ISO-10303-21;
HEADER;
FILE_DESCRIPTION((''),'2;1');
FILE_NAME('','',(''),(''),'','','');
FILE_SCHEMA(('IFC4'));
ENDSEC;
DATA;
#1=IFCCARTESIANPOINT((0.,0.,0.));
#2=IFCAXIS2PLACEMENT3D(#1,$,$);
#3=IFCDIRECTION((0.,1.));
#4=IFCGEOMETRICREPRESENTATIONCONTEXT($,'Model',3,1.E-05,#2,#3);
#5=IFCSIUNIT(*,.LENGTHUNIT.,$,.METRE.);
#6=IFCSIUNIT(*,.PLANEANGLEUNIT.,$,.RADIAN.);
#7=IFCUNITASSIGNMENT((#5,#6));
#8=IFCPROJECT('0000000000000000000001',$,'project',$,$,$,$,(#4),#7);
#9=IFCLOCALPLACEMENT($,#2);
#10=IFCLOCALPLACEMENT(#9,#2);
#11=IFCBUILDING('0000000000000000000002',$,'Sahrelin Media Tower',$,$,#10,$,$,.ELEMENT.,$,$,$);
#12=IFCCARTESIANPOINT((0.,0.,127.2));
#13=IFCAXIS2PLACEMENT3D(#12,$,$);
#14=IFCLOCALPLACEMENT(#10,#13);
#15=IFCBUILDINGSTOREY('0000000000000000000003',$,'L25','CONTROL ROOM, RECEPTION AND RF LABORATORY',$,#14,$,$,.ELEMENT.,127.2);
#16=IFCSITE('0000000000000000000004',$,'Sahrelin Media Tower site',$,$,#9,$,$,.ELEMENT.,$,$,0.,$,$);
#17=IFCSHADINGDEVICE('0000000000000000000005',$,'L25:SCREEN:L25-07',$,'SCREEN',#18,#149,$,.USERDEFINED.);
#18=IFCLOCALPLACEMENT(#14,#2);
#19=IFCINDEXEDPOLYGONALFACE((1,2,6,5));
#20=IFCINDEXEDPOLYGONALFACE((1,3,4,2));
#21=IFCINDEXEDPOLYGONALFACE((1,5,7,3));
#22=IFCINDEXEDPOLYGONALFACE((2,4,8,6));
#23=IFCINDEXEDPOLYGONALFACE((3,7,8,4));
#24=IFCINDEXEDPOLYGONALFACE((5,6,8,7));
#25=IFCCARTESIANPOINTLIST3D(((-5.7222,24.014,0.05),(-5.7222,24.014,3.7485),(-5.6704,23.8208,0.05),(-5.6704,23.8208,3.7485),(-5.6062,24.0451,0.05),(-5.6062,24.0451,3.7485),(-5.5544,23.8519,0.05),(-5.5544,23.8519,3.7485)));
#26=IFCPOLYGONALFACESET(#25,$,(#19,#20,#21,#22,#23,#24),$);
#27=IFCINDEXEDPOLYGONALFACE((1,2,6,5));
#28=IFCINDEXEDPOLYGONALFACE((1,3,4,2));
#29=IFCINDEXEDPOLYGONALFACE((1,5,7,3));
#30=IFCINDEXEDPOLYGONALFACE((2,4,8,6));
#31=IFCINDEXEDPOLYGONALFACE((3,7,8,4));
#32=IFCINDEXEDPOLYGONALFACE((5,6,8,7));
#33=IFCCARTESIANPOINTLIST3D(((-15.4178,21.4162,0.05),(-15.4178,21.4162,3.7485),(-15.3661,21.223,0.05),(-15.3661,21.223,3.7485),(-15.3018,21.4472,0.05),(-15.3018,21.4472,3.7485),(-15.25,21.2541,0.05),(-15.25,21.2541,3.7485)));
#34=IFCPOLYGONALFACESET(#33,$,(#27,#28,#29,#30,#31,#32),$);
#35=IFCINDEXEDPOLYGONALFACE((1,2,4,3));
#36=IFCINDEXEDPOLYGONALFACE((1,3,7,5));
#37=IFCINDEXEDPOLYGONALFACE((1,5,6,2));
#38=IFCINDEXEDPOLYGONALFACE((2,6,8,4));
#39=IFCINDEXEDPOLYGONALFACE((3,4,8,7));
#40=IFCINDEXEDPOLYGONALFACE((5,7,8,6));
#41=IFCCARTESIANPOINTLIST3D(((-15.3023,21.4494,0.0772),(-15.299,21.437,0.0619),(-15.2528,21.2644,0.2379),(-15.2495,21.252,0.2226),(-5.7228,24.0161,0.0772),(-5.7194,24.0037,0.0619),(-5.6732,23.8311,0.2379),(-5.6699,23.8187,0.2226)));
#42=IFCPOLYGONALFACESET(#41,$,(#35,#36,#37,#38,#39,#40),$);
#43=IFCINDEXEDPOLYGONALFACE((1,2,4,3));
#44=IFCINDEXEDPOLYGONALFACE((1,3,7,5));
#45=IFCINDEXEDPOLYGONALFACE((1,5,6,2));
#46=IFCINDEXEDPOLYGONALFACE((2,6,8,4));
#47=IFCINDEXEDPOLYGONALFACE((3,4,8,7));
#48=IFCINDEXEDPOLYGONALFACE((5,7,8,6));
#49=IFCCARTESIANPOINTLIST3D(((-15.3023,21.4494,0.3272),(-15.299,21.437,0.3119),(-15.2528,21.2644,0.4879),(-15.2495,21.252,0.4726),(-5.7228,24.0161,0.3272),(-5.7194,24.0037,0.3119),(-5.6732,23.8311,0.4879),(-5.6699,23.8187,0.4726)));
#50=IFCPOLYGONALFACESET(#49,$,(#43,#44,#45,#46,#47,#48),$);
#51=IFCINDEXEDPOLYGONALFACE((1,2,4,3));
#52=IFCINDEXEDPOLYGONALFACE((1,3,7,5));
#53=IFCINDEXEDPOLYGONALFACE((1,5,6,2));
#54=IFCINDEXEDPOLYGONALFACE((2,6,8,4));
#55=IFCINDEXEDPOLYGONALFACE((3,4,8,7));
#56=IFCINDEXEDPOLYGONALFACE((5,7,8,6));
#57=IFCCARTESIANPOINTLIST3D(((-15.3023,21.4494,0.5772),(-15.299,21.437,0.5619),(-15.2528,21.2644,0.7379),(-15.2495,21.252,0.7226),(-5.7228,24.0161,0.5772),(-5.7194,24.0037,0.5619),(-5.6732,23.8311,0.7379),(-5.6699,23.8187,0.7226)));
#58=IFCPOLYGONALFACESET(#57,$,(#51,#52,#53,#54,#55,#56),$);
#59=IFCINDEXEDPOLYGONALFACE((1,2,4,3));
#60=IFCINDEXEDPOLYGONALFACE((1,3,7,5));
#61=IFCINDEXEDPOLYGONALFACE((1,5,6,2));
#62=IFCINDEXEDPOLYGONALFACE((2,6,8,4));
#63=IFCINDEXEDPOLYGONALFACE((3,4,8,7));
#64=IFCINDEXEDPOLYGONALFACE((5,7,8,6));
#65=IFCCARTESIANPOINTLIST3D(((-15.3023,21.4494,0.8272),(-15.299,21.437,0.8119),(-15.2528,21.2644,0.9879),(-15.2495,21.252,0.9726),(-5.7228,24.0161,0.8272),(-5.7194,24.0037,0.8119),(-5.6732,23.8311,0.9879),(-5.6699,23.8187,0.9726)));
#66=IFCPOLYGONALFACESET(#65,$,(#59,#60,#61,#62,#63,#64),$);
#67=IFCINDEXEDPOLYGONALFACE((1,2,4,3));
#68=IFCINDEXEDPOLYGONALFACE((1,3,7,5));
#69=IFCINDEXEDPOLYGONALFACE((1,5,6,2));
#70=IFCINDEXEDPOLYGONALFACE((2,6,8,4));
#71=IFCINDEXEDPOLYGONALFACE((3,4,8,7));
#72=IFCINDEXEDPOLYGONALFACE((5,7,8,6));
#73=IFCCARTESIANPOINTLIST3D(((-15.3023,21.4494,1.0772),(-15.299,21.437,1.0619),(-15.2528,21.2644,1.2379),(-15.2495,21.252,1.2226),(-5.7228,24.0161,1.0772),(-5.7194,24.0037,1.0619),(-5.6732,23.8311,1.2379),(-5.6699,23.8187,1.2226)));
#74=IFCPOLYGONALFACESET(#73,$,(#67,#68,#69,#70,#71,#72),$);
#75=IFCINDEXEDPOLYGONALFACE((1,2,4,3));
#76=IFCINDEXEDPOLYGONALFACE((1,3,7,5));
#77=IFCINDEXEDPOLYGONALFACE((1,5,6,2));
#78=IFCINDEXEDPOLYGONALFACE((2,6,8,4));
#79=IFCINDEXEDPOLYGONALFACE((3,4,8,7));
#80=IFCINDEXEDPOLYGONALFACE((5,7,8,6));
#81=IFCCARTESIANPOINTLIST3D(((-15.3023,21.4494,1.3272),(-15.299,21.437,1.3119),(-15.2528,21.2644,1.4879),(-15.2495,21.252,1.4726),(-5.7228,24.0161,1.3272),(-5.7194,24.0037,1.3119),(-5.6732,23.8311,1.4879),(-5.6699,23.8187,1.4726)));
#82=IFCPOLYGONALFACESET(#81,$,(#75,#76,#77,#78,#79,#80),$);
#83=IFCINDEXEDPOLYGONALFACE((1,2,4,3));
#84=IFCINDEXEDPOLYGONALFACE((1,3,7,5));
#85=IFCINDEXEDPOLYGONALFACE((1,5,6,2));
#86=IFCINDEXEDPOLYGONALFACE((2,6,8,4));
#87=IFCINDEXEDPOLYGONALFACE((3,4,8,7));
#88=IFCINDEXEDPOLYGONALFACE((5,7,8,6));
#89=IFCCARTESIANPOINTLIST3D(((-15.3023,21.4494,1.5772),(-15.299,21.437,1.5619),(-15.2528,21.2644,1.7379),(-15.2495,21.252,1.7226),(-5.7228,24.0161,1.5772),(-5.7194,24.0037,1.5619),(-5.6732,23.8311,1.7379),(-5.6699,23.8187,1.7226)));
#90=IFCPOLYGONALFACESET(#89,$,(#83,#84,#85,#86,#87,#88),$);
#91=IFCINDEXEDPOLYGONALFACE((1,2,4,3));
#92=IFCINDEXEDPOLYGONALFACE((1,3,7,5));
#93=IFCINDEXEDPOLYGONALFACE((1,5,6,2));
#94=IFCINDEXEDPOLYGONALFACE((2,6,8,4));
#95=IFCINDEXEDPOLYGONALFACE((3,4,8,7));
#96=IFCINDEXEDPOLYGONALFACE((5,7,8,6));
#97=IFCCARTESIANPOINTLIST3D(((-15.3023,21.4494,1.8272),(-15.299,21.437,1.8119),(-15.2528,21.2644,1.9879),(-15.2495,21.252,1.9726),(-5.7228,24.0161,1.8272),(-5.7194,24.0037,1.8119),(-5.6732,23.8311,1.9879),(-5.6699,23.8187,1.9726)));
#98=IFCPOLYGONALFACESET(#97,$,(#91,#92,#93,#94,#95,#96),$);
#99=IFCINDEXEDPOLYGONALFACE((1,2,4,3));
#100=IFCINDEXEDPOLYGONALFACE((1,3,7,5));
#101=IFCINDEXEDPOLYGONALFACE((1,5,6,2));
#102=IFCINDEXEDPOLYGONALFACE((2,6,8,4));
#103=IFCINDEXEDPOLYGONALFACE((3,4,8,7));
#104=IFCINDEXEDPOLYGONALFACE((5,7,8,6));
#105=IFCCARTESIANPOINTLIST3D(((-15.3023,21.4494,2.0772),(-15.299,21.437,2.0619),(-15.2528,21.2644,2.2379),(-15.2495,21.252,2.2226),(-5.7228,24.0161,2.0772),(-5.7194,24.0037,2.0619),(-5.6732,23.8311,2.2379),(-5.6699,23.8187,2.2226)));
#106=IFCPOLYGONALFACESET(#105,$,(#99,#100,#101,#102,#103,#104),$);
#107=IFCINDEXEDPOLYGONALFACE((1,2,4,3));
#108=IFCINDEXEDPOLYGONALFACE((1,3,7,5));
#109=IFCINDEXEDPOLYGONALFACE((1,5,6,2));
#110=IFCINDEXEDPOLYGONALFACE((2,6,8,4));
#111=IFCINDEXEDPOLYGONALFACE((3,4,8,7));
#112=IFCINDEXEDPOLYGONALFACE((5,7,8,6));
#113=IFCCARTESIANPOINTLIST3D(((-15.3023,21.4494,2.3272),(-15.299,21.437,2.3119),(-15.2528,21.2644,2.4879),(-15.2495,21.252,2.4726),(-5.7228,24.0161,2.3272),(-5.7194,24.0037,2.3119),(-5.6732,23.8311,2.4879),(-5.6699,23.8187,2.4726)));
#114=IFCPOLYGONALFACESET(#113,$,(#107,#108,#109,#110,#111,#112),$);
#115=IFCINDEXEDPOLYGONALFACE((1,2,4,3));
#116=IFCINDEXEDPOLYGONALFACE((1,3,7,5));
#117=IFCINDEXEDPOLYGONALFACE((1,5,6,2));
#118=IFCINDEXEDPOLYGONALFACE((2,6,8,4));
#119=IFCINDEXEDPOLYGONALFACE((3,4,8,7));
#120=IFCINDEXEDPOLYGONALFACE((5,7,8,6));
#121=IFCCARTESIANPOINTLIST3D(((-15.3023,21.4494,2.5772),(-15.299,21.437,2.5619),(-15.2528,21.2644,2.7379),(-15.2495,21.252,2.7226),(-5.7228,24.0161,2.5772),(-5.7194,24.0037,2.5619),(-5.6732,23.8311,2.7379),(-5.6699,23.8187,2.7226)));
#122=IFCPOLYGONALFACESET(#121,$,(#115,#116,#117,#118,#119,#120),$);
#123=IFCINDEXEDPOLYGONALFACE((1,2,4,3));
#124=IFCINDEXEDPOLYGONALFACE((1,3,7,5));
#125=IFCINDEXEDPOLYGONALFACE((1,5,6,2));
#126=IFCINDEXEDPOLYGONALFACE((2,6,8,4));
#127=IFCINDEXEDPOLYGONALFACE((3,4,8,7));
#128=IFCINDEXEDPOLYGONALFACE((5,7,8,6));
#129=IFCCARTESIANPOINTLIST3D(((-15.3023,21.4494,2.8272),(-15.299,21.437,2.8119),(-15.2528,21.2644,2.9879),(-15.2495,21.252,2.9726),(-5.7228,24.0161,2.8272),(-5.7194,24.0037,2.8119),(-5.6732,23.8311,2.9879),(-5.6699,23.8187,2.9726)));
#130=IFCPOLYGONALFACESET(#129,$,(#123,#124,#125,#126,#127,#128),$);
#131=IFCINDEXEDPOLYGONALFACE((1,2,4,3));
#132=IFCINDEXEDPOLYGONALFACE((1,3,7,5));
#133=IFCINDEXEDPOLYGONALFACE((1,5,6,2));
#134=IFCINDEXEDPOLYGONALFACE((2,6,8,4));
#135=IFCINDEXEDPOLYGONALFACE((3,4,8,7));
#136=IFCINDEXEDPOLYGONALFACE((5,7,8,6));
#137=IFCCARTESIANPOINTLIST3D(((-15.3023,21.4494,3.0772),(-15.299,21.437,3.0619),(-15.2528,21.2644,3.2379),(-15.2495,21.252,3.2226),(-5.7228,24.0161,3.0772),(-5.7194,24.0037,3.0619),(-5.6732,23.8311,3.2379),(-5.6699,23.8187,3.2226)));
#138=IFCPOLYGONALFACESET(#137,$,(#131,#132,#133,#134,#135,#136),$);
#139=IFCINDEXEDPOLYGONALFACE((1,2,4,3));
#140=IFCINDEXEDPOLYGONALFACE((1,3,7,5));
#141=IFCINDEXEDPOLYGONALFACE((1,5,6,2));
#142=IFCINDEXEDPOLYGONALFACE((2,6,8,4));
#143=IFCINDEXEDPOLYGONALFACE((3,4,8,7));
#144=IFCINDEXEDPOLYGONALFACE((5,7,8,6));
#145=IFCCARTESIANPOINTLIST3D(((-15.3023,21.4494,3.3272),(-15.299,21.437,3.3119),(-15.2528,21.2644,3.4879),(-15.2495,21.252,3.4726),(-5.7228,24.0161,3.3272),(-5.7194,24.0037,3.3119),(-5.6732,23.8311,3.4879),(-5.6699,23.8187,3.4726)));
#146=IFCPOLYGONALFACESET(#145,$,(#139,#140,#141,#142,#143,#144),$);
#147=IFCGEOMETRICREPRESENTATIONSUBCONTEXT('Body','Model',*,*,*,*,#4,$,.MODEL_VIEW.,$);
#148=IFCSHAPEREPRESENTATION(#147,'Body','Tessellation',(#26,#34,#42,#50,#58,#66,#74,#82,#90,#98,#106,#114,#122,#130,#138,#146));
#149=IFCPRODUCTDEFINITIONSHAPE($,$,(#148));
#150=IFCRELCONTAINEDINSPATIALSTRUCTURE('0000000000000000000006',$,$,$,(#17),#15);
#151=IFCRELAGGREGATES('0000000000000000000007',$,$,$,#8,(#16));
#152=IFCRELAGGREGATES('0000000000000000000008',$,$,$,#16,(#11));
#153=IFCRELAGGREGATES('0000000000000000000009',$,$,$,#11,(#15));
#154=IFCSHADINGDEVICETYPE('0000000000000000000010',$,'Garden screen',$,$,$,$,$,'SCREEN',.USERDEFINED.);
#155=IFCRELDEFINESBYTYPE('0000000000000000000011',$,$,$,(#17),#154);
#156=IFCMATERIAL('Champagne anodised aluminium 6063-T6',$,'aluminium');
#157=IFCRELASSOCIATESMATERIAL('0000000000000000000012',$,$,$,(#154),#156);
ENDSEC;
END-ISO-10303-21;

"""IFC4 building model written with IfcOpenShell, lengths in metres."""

from ifc_helpers import new_model, si_unit, direction, frame, origin, origin_2d, place, context, subcontext, project, spatial, rectangle, extrude, material, type_object, element, save


model = new_model("IFC4")

# Units and contexts
model_context = context("Model", 3, precision=1e-05, world=origin(), true_north=direction((0.0, 1.0)))
body_context = subcontext(model_context, "Body", "Model", "MODEL_VIEW")
ifc_project = project(units=[si_unit("LENGTHUNIT", "METRE"), si_unit("PLANEANGLEUNIT", "RADIAN")], contexts=[model_context])

# Site, building, storey
site_placement = place(None, origin())
site = spatial("IfcSite", under=ifc_project, at=site_placement, Name="Sahrelin Media Tower site", CompositionType="ELEMENT", RefElevation=0.0)
building_placement = place(site_placement, origin())
building = spatial("IfcBuilding", under=site, at=building_placement, Name="Sahrelin Media Tower", CompositionType="ELEMENT")
storey_placement = place(building_placement, frame((0.0, 0.0, 127.2)))
storey = spatial("IfcBuildingStorey", under=building, at=storey_placement, Name="L25", Description="CONTROL ROOM, RECEPTION AND RF LABORATORY", CompositionType="ELEMENT", Elevation=127.2)

# Shared definitions
ifc_material_1 = material(Name="Champagne anodised aluminium 6063-T6", Category="aluminium")

# Shading device
shading_device_type_1 = type_object("IfcShadingDeviceType", Name="Garden screen", ElementType="SCREEN", PredefinedType="USERDEFINED", material=ifc_material_1)
shading_device_1_placement = place(storey_placement, frame((-10.4602, 22.5374, 0.0), z_axis=(0.0, 0.0, 1.0), x_axis=(0.965929, 0.258808, 0.0)))
element("IfcShadingDevice", 1, at=shading_device_1_placement, inside=storey, type_object=shading_device_type_1, Name="L25:SCREEN:L25-07", ObjectType="SCREEN", PredefinedType="USERDEFINED", context=body_context, shape_type="SweptSolid", body=[
    extrude(rectangle(XDim=0.1201, YDim=0.2, at=origin_2d()), frame((5.0188, 0.1001, 0.05), z_axis=(0.0, 0.0, 1.0), x_axis=(1.0, 0.0, 0.0)), (0.0, 0.0, 1.0), 3.6985),
    extrude(rectangle(XDim=0.1201, YDim=0.2, at=origin_2d()), frame((-5.0188, 0.1001, 0.05), z_axis=(0.0, 0.0, 1.0), x_axis=(1.0, 0.0, 0.0)), (0.0, 0.0, 1.0), 3.6985),
    extrude(rectangle(XDim=0.25, YDim=0.02, at=origin_2d()), frame((4.9587, 0.1001, 0.1499), z_axis=(-1.0, 0.0, 0.0), x_axis=(0.0, -0.766044, 0.642788)), (0.0, 0.0, 1.0), 9.9175),
    extrude(rectangle(XDim=0.25, YDim=0.02, at=origin_2d()), frame((4.9587, 0.1001, 0.3999), z_axis=(-1.0, 0.0, 0.0), x_axis=(0.0, -0.766044, 0.642788)), (0.0, 0.0, 1.0), 9.9175),
    extrude(rectangle(XDim=0.25, YDim=0.02, at=origin_2d()), frame((4.9587, 0.1001, 0.6499), z_axis=(-1.0, 0.0, 0.0), x_axis=(0.0, -0.766044, 0.642788)), (0.0, 0.0, 1.0), 9.9175),
    extrude(rectangle(XDim=0.25, YDim=0.02, at=origin_2d()), frame((4.9587, 0.1001, 0.8999), z_axis=(-1.0, 0.0, 0.0), x_axis=(0.0, -0.766044, 0.642788)), (0.0, 0.0, 1.0), 9.9175),
    extrude(rectangle(XDim=0.25, YDim=0.02, at=origin_2d()), frame((4.9587, 0.1001, 1.1499), z_axis=(-1.0, 0.0, 0.0), x_axis=(0.0, -0.766044, 0.642788)), (0.0, 0.0, 1.0), 9.9175),
    extrude(rectangle(XDim=0.25, YDim=0.02, at=origin_2d()), frame((4.9587, 0.1001, 1.3999), z_axis=(-1.0, 0.0, 0.0), x_axis=(0.0, -0.766044, 0.642788)), (0.0, 0.0, 1.0), 9.9175),
    extrude(rectangle(XDim=0.25, YDim=0.02, at=origin_2d()), frame((4.9587, 0.1001, 1.6499), z_axis=(-1.0, 0.0, 0.0), x_axis=(0.0, -0.766044, 0.642788)), (0.0, 0.0, 1.0), 9.9175),
    extrude(rectangle(XDim=0.25, YDim=0.02, at=origin_2d()), frame((4.9587, 0.1001, 1.8999), z_axis=(-1.0, 0.0, 0.0), x_axis=(0.0, -0.766044, 0.642788)), (0.0, 0.0, 1.0), 9.9175),
    extrude(rectangle(XDim=0.25, YDim=0.02, at=origin_2d()), frame((4.9587, 0.1001, 2.1499), z_axis=(-1.0, 0.0, 0.0), x_axis=(0.0, -0.766044, 0.642788)), (0.0, 0.0, 1.0), 9.9175),
    extrude(rectangle(XDim=0.25, YDim=0.02, at=origin_2d()), frame((4.9587, 0.1001, 2.3999), z_axis=(-1.0, 0.0, 0.0), x_axis=(0.0, -0.766044, 0.642788)), (0.0, 0.0, 1.0), 9.9175),
    extrude(rectangle(XDim=0.25, YDim=0.02, at=origin_2d()), frame((4.9587, 0.1001, 2.6499), z_axis=(-1.0, 0.0, 0.0), x_axis=(0.0, -0.766044, 0.642788)), (0.0, 0.0, 1.0), 9.9175),
    extrude(rectangle(XDim=0.25, YDim=0.02, at=origin_2d()), frame((4.9587, 0.1001, 2.8999), z_axis=(-1.0, 0.0, 0.0), x_axis=(0.0, -0.766044, 0.642788)), (0.0, 0.0, 1.0), 9.9175),
    extrude(rectangle(XDim=0.25, YDim=0.02, at=origin_2d()), frame((4.9587, 0.1001, 3.1499), z_axis=(-1.0, 0.0, 0.0), x_axis=(0.0, -0.766044, 0.642788)), (0.0, 0.0, 1.0), 9.9175),
    extrude(rectangle(XDim=0.25, YDim=0.02, at=origin_2d()), frame((4.9587, 0.1001, 3.3999), z_axis=(-1.0, 0.0, 0.0), x_axis=(0.0, -0.766044, 0.642788)), (0.0, 0.0, 1.0), 9.9175),
])

save(model, "model.ifc")
